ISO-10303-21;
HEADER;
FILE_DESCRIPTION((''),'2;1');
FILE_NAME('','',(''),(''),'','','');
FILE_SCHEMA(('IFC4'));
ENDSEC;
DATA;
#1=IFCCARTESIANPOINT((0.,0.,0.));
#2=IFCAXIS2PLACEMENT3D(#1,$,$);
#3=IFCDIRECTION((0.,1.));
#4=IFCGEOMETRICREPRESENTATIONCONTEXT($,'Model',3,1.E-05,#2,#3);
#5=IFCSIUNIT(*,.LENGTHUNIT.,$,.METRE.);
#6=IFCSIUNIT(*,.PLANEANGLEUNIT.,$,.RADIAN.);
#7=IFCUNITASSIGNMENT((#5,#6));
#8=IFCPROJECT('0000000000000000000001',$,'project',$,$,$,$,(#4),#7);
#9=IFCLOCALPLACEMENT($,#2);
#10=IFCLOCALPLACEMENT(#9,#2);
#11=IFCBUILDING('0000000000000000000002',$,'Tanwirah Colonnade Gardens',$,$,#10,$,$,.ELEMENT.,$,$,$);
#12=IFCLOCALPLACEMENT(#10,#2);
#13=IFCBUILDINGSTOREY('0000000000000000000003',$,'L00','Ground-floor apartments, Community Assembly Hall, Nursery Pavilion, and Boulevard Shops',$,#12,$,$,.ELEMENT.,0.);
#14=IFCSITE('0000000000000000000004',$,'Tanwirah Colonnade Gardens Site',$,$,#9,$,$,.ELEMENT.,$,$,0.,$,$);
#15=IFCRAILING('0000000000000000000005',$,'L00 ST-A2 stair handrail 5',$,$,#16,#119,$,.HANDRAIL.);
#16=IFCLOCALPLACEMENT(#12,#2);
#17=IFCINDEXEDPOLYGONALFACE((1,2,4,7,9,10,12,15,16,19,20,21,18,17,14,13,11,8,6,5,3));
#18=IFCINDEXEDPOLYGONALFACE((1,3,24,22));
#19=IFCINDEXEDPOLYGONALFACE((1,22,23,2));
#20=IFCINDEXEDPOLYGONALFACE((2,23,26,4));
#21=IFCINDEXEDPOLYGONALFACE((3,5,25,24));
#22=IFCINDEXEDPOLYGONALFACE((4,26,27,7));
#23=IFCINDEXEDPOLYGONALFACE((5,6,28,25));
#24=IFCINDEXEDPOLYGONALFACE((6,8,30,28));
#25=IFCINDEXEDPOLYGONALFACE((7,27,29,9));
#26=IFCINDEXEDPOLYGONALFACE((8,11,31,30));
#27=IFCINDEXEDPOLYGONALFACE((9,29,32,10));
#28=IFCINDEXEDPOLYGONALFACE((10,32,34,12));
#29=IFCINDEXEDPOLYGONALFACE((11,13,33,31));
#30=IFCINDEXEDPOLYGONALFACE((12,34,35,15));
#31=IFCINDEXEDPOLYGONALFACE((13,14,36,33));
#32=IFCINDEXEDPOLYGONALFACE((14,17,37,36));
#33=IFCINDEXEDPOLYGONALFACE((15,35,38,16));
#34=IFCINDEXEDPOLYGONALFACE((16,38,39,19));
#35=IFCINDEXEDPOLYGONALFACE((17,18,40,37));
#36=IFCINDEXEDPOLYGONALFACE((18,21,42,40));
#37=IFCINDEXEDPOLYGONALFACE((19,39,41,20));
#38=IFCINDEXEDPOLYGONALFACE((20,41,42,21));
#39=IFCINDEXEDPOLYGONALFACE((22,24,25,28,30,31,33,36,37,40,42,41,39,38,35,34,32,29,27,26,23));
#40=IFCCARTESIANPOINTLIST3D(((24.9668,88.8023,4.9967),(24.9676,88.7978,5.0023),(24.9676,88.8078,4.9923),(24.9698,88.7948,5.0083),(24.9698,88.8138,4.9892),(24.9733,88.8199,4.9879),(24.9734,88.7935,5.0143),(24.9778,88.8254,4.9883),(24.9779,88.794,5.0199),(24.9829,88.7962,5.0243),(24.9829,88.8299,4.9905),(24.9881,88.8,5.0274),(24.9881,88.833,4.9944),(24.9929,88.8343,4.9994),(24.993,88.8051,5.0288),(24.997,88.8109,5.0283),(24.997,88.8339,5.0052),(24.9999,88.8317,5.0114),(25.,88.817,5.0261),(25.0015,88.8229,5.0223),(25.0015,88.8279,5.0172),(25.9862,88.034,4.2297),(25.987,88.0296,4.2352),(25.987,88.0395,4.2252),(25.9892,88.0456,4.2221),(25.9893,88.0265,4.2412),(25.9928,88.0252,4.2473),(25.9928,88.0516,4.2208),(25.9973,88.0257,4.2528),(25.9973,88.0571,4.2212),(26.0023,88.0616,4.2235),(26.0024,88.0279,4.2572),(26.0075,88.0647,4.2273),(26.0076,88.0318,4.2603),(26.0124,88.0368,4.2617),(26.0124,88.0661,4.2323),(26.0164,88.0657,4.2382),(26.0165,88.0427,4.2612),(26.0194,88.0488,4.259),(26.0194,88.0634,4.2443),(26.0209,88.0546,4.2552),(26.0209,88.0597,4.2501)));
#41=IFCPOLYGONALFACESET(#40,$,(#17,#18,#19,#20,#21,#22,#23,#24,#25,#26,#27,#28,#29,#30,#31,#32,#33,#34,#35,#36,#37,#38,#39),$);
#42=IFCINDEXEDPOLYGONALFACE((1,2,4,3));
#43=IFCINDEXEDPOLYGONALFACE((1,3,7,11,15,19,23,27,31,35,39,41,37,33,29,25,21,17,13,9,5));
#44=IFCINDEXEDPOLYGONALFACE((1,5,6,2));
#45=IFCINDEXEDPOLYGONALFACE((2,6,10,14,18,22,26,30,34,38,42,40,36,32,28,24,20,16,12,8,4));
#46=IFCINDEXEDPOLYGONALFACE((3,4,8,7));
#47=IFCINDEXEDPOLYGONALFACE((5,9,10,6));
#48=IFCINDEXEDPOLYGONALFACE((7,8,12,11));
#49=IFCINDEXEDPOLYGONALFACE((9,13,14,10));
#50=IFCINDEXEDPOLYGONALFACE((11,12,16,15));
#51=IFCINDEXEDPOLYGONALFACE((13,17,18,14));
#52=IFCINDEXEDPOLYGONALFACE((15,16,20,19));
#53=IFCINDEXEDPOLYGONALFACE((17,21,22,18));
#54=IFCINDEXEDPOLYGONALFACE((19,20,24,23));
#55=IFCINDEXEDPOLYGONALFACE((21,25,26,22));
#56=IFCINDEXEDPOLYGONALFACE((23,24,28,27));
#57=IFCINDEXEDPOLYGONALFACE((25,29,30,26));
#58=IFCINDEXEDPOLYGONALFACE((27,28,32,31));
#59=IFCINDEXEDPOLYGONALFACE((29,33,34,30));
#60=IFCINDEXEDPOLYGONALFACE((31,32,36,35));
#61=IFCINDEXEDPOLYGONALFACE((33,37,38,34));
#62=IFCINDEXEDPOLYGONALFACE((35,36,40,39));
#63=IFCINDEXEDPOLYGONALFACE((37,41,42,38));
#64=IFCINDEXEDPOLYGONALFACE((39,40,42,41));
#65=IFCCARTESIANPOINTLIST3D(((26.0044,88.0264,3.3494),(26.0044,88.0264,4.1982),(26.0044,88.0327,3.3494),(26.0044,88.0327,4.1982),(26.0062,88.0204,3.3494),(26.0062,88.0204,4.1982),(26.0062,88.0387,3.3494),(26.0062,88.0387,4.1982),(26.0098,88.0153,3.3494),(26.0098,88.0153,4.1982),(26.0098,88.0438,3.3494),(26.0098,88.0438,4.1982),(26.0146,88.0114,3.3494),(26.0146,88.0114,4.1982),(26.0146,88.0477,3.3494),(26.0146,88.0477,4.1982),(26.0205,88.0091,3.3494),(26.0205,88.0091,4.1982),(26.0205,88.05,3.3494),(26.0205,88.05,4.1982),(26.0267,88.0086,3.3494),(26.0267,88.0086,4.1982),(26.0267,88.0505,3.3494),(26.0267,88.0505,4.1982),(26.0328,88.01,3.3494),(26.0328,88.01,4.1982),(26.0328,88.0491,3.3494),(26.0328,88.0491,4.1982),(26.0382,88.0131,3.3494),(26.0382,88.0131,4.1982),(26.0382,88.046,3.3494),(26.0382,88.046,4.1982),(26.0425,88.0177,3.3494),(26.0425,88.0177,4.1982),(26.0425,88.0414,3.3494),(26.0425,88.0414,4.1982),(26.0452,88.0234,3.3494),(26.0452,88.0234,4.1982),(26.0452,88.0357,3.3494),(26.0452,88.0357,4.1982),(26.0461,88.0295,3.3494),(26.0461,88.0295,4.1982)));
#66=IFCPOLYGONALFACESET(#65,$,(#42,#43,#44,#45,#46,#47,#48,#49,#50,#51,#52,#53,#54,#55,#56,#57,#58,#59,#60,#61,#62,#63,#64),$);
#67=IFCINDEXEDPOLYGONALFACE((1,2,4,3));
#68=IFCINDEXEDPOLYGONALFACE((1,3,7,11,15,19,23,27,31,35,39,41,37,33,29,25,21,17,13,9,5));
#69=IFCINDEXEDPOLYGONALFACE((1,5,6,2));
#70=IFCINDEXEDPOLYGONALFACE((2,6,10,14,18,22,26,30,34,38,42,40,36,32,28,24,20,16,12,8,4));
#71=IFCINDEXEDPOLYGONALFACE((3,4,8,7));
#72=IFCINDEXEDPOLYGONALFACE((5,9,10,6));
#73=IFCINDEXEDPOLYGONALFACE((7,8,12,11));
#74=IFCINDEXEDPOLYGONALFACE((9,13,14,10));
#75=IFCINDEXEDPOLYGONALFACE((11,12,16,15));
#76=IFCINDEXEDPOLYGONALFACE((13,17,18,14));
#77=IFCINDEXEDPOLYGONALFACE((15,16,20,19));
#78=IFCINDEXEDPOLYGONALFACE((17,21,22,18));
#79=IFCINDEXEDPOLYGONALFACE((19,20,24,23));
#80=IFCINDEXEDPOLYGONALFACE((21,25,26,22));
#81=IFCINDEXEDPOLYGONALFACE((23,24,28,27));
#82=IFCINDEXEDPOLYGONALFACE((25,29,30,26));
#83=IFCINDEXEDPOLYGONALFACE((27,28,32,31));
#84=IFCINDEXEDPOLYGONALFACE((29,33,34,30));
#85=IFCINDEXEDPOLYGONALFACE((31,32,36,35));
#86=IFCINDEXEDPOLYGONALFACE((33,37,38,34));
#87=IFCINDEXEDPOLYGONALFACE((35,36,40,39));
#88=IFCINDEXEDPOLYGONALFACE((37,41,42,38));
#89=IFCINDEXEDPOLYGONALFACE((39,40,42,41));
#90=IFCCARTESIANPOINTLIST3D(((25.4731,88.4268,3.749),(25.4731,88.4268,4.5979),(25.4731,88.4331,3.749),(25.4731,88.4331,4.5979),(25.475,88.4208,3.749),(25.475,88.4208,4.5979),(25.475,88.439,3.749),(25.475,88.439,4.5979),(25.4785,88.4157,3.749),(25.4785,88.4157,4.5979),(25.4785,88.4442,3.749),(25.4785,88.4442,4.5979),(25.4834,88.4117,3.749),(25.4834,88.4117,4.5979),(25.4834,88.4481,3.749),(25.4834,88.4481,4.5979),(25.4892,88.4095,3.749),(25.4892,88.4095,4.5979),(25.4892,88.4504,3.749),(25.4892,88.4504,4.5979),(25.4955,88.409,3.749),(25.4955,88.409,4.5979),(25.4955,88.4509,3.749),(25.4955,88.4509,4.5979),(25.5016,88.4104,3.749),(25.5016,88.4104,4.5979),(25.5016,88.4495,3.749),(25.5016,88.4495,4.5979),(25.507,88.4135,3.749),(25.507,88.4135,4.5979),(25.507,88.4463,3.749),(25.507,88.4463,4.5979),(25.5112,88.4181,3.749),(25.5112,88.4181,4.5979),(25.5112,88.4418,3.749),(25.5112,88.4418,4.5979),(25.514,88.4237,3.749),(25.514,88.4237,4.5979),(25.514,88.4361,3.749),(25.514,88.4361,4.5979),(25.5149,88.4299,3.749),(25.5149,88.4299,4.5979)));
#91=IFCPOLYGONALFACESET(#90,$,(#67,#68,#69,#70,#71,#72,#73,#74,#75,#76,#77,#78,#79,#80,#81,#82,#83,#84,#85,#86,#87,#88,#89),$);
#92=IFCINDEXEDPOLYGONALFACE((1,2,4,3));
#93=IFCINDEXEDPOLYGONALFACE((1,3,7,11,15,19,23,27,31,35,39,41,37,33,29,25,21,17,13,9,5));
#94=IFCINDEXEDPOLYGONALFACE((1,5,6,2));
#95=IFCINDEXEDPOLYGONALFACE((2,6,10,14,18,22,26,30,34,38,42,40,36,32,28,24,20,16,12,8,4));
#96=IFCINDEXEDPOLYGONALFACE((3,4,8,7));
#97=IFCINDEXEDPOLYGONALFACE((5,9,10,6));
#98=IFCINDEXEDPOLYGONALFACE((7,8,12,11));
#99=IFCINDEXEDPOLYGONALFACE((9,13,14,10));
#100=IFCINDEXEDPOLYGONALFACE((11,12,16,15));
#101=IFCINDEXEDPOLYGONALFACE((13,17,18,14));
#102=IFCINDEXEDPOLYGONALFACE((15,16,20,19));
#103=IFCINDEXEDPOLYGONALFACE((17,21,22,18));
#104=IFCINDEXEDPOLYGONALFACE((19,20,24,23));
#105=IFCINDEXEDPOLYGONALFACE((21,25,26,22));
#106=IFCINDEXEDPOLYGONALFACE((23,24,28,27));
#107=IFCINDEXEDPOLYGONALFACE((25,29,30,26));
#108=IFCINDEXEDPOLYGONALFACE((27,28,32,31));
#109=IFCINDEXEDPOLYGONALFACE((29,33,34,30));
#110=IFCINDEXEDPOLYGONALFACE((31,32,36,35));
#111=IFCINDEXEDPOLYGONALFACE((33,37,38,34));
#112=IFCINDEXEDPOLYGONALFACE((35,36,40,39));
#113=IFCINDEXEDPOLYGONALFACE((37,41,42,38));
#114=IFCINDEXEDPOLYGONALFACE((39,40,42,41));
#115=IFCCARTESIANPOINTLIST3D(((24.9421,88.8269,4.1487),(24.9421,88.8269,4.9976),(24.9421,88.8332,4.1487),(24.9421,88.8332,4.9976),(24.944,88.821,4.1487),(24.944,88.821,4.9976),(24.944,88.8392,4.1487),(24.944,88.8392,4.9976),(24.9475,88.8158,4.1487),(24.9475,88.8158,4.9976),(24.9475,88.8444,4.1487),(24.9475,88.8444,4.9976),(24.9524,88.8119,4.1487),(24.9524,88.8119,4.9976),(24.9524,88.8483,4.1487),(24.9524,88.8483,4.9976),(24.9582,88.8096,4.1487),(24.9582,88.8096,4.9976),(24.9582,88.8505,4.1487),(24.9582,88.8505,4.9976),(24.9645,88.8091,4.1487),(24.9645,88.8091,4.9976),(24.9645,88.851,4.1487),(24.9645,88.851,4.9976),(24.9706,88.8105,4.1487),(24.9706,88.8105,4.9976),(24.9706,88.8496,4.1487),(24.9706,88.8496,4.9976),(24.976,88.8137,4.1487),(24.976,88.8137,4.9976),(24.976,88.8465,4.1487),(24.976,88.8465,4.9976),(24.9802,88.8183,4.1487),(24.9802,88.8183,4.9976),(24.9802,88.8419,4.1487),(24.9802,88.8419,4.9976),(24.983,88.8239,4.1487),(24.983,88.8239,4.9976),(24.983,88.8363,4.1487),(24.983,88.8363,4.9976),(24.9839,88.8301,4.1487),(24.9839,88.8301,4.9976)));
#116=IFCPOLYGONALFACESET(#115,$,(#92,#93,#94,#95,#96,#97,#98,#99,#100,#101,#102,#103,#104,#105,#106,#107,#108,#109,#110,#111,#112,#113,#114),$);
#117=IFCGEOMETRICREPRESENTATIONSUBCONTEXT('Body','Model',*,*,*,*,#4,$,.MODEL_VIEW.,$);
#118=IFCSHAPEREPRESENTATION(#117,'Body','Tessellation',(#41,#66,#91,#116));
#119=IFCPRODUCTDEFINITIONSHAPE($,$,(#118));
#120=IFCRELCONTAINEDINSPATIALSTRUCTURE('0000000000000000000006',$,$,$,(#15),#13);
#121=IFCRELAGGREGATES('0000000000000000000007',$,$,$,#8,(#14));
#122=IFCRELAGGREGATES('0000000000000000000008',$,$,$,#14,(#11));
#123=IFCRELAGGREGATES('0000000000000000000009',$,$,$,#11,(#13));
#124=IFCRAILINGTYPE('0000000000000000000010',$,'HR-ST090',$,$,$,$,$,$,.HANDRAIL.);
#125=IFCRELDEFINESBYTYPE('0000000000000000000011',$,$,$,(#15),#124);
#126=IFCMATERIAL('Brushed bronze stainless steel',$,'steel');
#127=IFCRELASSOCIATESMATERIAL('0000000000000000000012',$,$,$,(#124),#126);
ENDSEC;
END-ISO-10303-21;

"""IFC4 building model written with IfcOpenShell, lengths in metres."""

from ifc_helpers import new_model, si_unit, direction, frame, origin, origin_2d, place, context, subcontext, project, spatial, circle, extrude, material, type_object, element, save


model = new_model("IFC4")

# Units and contexts
model_context = context("Model", 3, precision=1e-05, world=origin(), true_north=direction((0.0, 1.0)))
body_context = subcontext(model_context, "Body", "Model", "MODEL_VIEW")
ifc_project = project(units=[si_unit("LENGTHUNIT", "METRE"), si_unit("PLANEANGLEUNIT", "RADIAN")], contexts=[model_context])

# Site, building, storey
site_placement = place(None, origin())
site = spatial("IfcSite", under=ifc_project, at=site_placement, Name="Tanwirah Colonnade Gardens Site", CompositionType="ELEMENT", RefElevation=0.0)
building_placement = place(site_placement, origin())
building = spatial("IfcBuilding", under=site, at=building_placement, Name="Tanwirah Colonnade Gardens", CompositionType="ELEMENT")
storey_placement = place(building_placement, origin())
storey = spatial("IfcBuildingStorey", under=building, at=storey_placement, Name="L00", Description="Ground-floor apartments, Community Assembly Hall, Nursery Pavilion, and Boulevard Shops", CompositionType="ELEMENT", Elevation=0.0)

# Railing
ifc_material_1 = material(Name="Brushed bronze stainless steel", Category="steel")
railing_type_1 = type_object("IfcRailingType", Name="HR-ST090", PredefinedType="HANDRAIL", material=ifc_material_1)
railing_1_placement = place(storey_placement, frame((26.0251, 88.0295, 3.3494)))
element("IfcRailing", 1, at=railing_1_placement, inside=storey, type_object=railing_type_1, Name="L00 ST-A2 stair handrail 5", PredefinedType="HANDRAIL", context=body_context, shape_type="SweptSolid", body=[
    extrude(circle(Radius=0.0239, at=origin_2d()), frame((-0.0215, 0.0161, 0.8918), z_axis=(-0.684521, 0.515869, 0.515082), x_axis=(-0.601849, -0.79861, 0.0)), (0.0, 0.0, 1.0), 1.4893),
    extrude(circle(Radius=0.021, at=origin_2d()), origin(), (0.0, 0.0, 1.0), 0.8489),
    extrude(circle(Radius=0.021, at=origin_2d()), frame((-0.5312, 0.4004, 0.3997)), (0.0, 0.0, 1.0), 0.8489),
    extrude(circle(Radius=0.021, at=origin_2d()), frame((-1.0623, 0.8005, 0.7993)), (0.0, 0.0, 1.0), 0.8489),
])

save(model, "model.ifc")
